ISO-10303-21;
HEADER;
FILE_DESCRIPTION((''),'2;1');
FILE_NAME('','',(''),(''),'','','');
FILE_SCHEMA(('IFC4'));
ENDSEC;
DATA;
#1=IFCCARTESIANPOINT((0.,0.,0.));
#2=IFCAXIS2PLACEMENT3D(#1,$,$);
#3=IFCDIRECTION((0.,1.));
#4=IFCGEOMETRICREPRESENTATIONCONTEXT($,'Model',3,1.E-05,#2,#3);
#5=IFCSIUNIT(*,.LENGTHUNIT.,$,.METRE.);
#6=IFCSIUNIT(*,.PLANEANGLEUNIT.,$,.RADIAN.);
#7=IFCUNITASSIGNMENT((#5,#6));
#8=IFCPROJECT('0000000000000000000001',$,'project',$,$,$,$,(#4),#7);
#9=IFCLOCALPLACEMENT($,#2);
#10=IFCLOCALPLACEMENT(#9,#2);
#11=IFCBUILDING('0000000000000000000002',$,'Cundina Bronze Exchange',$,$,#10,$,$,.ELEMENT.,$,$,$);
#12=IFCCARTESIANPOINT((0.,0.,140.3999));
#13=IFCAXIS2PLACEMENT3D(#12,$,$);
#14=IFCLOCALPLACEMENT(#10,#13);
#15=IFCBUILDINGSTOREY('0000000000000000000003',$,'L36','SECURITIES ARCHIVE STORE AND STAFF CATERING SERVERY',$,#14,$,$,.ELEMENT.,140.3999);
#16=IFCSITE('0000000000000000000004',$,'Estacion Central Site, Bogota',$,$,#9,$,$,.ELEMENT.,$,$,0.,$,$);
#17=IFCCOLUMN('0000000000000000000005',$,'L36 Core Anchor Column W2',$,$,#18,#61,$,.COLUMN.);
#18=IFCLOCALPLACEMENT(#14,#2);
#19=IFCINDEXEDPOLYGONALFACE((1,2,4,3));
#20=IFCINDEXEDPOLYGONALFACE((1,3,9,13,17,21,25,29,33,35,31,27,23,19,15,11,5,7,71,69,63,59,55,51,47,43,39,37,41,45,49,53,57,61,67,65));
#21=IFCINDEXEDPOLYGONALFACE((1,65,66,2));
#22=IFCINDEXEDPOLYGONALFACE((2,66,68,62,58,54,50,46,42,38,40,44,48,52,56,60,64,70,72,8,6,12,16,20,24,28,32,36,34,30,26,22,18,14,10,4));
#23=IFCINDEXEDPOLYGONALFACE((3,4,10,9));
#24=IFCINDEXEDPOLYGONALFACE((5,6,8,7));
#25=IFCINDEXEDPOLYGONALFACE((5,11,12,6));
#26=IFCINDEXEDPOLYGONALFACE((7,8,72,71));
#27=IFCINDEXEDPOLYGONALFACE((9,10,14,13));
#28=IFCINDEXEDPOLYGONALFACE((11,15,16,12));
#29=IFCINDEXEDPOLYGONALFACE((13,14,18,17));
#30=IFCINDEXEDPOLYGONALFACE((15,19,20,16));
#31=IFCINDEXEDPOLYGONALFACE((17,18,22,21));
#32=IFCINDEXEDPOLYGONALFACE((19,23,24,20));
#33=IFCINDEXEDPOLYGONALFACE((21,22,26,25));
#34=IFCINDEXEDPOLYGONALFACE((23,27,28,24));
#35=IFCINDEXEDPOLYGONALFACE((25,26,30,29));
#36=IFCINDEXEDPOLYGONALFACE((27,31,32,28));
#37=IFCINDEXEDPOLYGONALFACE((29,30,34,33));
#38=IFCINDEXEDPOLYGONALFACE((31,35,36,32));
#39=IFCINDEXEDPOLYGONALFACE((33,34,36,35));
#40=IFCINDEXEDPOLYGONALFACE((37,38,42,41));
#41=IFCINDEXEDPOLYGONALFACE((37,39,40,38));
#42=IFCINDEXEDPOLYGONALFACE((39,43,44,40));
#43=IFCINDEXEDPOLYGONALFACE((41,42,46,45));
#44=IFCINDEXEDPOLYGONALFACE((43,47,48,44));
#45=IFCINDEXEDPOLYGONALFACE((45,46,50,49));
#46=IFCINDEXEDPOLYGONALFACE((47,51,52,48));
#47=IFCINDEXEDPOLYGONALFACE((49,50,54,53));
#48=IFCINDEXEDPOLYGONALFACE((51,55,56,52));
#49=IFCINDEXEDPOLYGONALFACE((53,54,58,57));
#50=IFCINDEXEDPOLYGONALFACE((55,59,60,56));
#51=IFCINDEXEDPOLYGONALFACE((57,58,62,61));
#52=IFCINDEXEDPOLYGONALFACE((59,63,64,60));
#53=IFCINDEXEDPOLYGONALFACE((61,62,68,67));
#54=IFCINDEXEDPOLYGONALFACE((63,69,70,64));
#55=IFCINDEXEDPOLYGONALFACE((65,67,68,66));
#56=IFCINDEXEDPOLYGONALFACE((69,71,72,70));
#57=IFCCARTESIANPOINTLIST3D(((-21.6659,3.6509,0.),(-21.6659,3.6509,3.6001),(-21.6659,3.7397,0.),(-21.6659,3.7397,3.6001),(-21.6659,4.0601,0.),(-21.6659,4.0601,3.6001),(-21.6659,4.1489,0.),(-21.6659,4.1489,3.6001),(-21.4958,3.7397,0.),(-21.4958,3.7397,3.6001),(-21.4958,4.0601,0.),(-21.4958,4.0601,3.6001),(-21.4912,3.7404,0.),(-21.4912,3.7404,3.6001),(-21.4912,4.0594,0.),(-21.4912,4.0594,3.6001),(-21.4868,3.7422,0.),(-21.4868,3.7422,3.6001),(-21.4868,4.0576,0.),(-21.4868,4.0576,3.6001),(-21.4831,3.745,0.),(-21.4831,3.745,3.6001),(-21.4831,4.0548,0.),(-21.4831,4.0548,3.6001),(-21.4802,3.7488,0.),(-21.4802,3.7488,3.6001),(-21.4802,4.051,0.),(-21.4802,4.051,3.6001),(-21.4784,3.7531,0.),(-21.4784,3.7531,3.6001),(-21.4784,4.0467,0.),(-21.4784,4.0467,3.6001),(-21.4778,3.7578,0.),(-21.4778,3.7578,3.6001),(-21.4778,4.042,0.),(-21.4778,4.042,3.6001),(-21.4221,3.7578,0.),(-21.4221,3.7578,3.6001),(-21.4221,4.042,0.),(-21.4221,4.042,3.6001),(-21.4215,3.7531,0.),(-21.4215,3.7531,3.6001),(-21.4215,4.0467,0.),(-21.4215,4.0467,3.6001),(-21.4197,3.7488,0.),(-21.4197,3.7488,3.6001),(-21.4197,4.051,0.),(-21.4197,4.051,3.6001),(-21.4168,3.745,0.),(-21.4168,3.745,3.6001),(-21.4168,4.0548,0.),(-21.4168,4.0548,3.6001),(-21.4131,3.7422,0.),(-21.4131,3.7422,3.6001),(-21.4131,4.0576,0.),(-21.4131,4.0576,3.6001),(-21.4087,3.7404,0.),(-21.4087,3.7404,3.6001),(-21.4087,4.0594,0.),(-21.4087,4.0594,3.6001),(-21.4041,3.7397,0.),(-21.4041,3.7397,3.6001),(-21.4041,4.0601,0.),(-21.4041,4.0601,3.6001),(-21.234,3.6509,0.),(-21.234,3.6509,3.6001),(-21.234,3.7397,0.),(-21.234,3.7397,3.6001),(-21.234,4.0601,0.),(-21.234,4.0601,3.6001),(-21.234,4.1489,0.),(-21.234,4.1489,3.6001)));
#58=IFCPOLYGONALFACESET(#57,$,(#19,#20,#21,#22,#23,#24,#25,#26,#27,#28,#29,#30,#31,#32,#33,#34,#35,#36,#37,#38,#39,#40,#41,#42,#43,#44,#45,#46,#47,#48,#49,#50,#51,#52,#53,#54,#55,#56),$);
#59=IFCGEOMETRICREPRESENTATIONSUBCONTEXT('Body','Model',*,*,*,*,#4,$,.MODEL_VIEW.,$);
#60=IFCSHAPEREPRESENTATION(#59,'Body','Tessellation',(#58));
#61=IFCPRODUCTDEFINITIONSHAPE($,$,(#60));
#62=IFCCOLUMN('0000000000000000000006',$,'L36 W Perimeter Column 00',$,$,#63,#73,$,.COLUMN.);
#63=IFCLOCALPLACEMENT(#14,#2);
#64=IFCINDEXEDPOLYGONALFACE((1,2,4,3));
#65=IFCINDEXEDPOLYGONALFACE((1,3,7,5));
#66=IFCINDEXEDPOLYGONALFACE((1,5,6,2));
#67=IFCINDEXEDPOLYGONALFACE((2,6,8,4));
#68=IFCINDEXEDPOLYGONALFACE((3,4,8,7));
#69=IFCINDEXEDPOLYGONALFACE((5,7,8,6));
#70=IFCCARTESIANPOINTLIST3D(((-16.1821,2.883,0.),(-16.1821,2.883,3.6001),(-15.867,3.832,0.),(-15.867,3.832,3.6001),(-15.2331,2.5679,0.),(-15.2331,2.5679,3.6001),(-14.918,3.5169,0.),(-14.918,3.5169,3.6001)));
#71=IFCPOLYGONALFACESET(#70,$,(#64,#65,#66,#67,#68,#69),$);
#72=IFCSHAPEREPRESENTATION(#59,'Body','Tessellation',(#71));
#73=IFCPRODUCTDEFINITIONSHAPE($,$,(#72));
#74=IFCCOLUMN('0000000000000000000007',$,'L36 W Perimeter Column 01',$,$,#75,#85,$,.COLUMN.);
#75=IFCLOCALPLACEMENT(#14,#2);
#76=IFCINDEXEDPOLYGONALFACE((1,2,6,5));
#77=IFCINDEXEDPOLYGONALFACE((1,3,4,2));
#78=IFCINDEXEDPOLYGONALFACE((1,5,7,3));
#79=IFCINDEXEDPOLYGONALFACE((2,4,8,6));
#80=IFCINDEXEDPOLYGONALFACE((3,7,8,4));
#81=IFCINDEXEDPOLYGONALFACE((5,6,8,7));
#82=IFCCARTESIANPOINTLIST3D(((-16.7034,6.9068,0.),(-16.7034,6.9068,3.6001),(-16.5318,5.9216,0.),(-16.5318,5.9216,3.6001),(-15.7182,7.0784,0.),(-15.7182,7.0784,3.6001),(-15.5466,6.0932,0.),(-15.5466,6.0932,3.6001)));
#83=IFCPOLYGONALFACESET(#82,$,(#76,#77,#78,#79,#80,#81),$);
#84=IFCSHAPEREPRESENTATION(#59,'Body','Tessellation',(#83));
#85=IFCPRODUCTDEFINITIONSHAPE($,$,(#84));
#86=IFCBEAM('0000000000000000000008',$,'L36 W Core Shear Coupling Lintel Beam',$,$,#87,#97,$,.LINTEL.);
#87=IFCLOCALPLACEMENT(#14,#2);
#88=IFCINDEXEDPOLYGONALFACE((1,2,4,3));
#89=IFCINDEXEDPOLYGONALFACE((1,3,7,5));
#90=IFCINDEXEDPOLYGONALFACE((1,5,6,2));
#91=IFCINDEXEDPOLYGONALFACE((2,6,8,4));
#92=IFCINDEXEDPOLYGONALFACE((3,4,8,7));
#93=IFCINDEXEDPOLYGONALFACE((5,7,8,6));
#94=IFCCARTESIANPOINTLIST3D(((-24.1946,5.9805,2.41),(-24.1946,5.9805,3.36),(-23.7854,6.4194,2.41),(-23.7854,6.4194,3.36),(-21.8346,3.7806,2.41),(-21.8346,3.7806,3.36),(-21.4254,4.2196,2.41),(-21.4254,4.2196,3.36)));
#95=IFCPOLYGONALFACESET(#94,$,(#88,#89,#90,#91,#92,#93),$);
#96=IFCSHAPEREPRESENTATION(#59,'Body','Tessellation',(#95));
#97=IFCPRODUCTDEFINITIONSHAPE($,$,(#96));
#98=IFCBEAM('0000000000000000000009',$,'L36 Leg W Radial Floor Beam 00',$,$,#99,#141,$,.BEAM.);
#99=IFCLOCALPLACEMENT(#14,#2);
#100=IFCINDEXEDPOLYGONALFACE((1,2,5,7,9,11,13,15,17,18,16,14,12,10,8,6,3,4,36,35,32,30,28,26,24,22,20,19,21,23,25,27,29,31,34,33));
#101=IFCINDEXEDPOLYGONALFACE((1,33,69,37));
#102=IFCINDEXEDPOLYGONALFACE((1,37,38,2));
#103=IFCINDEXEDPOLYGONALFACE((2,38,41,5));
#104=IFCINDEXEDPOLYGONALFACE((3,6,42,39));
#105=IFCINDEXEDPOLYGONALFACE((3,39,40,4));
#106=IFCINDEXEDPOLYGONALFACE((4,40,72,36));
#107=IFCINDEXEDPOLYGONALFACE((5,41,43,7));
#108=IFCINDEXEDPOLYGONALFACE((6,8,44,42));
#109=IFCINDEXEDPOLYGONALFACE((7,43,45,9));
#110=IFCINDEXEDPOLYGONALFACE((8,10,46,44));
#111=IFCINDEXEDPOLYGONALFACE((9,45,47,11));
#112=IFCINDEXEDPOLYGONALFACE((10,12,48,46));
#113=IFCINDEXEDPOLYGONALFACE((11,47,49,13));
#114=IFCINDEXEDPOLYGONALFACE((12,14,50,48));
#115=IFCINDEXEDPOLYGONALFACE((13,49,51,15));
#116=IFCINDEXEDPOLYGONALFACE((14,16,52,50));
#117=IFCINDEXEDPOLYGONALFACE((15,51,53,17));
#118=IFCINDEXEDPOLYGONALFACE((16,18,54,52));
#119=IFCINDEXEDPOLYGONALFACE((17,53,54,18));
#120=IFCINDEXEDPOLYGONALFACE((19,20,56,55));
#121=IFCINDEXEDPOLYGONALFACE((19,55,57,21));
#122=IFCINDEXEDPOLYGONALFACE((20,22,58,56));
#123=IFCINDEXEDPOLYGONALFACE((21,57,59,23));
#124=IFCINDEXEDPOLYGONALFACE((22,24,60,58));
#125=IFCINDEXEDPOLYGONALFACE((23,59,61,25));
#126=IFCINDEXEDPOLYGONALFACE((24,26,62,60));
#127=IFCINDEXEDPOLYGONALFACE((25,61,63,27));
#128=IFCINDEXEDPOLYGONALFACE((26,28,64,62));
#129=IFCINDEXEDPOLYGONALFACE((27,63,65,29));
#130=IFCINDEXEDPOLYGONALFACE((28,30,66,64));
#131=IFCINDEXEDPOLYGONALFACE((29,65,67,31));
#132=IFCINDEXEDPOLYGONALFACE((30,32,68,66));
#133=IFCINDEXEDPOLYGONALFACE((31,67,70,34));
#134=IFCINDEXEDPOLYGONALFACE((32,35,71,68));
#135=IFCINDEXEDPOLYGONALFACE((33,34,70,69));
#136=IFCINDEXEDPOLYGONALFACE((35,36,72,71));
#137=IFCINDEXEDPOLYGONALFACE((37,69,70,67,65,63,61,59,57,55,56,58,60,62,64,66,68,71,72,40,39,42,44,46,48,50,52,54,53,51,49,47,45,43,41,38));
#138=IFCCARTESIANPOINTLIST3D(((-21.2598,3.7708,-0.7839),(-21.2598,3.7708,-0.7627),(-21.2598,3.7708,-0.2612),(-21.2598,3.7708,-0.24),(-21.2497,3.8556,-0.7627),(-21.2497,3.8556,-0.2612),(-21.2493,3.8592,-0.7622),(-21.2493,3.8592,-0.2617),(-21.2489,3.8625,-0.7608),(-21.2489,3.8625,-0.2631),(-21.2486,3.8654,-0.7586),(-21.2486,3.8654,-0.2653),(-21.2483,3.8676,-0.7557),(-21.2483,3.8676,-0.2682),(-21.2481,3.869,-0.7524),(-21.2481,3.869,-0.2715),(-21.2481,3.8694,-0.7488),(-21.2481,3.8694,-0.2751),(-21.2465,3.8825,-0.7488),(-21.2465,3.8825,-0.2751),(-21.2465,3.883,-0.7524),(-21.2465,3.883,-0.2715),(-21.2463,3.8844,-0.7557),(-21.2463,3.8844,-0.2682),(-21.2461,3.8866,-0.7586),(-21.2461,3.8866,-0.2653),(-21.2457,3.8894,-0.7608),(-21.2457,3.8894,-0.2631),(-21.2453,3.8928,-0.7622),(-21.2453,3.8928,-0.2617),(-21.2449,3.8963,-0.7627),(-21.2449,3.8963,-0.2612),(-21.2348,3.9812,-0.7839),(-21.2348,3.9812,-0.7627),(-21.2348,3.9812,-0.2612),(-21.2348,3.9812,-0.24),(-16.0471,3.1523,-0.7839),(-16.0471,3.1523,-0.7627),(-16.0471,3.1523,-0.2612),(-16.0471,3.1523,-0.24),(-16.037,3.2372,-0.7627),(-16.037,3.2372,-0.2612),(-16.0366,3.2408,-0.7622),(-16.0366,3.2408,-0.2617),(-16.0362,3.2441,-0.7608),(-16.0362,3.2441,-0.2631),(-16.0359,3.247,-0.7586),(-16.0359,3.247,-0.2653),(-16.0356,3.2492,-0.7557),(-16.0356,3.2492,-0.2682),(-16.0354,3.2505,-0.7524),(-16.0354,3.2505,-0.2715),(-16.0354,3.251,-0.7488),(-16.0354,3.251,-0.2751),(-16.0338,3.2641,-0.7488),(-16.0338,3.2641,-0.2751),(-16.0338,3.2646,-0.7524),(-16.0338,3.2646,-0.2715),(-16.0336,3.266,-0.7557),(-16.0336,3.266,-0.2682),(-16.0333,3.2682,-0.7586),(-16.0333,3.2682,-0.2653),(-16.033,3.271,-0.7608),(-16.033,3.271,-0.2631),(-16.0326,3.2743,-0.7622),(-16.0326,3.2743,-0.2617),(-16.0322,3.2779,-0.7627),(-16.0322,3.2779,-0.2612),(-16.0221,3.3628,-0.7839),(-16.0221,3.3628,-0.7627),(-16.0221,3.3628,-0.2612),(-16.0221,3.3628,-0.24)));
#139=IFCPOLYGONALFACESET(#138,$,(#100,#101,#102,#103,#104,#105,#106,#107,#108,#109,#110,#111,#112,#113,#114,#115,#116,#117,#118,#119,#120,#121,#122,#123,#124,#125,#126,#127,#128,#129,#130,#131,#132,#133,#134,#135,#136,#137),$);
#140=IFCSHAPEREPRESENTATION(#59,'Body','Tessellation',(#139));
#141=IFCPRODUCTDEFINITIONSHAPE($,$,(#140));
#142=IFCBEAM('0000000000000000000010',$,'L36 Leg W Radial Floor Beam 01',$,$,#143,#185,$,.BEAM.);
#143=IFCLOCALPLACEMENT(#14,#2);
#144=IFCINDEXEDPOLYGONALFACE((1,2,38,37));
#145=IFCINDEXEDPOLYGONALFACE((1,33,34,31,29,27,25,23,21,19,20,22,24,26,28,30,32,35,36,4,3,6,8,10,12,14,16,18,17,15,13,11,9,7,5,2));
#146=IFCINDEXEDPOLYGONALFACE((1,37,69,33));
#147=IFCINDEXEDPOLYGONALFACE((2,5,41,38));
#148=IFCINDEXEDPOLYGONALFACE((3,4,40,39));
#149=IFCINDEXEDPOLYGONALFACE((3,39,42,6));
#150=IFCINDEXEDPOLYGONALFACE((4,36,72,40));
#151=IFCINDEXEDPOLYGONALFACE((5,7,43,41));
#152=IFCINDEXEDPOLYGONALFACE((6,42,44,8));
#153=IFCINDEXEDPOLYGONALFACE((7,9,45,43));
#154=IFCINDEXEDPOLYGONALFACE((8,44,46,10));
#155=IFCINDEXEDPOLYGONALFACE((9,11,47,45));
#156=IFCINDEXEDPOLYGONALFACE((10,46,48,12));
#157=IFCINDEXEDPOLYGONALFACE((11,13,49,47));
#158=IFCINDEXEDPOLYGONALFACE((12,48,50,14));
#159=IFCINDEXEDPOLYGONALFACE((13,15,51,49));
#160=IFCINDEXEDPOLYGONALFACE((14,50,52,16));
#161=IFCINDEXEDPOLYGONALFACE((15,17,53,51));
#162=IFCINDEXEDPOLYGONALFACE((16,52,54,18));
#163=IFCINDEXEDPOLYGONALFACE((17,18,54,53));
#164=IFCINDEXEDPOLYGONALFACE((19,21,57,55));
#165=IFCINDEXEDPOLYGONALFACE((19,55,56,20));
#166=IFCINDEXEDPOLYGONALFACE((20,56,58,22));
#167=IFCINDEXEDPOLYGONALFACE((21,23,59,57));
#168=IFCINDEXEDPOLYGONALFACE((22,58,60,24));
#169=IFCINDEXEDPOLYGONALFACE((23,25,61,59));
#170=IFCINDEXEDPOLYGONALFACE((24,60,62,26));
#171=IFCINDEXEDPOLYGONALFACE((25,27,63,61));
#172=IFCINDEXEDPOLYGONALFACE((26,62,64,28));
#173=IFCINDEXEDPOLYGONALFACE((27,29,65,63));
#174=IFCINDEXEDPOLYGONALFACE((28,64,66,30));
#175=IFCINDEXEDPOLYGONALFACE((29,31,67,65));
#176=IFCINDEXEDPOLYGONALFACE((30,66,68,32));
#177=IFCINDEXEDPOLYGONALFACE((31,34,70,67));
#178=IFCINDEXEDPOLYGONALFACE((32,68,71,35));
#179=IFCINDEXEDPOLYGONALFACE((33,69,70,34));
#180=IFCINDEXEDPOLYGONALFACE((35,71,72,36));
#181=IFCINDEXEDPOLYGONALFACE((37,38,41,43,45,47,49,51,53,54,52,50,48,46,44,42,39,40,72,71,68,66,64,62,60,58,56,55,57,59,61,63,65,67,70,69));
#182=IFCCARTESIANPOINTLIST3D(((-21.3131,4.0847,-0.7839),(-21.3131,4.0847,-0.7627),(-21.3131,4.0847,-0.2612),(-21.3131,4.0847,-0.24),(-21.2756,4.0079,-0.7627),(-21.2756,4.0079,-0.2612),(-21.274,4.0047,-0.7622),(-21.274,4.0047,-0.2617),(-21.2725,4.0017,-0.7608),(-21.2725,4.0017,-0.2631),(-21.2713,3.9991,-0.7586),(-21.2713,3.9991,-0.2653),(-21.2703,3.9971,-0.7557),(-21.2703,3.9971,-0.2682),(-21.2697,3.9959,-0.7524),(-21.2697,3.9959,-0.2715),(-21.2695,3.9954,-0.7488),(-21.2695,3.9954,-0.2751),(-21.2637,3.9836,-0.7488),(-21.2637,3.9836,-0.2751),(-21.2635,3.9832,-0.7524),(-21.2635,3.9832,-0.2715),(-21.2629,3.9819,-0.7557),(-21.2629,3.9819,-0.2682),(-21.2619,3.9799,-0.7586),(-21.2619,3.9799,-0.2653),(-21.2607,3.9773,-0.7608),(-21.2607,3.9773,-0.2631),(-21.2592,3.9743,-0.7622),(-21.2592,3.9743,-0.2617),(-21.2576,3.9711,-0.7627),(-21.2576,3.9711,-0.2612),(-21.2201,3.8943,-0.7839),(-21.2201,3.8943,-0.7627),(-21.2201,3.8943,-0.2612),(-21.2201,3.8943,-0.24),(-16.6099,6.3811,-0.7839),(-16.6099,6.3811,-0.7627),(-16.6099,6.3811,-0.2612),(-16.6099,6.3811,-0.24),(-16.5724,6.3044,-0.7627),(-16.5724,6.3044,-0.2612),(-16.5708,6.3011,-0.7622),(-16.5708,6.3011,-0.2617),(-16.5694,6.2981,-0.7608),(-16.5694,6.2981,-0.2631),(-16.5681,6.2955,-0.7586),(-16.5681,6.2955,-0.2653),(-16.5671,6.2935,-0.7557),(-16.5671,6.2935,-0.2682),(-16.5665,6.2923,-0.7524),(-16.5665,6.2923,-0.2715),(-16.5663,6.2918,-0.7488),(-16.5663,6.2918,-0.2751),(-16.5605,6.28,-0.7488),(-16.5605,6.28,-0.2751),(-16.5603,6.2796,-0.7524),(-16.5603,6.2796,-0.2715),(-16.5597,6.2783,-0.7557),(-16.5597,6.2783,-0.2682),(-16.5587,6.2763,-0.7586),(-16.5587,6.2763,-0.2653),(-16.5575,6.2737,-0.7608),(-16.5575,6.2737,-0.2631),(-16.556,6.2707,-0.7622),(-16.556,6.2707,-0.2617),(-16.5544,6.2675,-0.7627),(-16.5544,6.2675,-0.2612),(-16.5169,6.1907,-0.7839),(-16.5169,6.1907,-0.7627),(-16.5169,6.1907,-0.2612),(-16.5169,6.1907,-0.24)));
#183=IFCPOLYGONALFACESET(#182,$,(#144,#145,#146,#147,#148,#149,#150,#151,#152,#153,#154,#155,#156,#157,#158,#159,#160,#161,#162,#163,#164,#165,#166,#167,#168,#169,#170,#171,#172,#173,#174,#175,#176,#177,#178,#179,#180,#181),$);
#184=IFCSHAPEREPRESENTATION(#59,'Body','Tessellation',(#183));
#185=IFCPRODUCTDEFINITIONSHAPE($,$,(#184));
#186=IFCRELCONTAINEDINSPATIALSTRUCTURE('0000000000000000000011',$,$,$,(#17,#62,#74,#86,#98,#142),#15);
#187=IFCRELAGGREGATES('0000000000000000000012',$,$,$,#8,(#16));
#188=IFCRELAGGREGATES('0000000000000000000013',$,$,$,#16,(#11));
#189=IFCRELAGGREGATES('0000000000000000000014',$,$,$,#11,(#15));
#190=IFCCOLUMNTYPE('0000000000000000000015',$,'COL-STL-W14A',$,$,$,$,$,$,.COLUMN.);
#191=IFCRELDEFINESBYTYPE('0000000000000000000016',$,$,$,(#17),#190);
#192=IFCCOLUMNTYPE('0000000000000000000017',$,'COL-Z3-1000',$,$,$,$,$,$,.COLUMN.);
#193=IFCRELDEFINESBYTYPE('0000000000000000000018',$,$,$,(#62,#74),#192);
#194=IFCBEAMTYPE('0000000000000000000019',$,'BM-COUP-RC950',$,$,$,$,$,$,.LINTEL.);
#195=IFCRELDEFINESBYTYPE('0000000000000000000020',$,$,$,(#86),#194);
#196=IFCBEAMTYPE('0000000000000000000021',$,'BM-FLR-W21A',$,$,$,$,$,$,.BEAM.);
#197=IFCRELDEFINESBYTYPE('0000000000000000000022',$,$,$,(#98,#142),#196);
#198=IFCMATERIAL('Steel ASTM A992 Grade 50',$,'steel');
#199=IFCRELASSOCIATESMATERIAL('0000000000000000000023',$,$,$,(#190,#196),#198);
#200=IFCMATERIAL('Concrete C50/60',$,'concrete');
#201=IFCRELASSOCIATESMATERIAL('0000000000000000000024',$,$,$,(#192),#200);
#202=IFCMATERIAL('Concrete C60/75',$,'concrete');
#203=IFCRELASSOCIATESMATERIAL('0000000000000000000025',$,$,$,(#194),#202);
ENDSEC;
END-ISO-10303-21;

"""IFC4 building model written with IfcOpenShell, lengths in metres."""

from ifc_helpers import new_model, si_unit, direction, frame, origin, origin_2d, place, context, subcontext, project, spatial, rectangle, i_section, extrude, material, material_profile, profile_set, type_object, element, save


model = new_model("IFC4")

# Units and contexts
model_context = context("Model", 3, precision=1e-05, world=origin(), true_north=direction((0.0, 1.0)))
body_context = subcontext(model_context, "Body", "Model", "MODEL_VIEW")
ifc_project = project(units=[si_unit("LENGTHUNIT", "METRE"), si_unit("PLANEANGLEUNIT", "RADIAN")], contexts=[model_context])

# Site, building, storey
site_placement = place(None, origin())
site = spatial("IfcSite", under=ifc_project, at=site_placement, Name="Estacion Central Site, Bogota", CompositionType="ELEMENT", RefElevation=0.0)
building_placement = place(site_placement, origin())
building = spatial("IfcBuilding", under=site, at=building_placement, Name="Cundina Bronze Exchange", CompositionType="ELEMENT")
storey_placement = place(building_placement, frame((0.0, 0.0, 140.3999)))
storey = spatial("IfcBuildingStorey", under=building, at=storey_placement, Name="L36", Description="SECURITIES ARCHIVE STORE AND STAFF CATERING SERVERY", CompositionType="ELEMENT", Elevation=140.3999)

# Columns
ifc_material_1 = material(Name="Steel ASTM A992 Grade 50", Category="steel")
ifc_material_profile_1 = material_profile(ifc_material_1, i_section(OverallWidth=0.4319, OverallDepth=0.498, WebThickness=0.0557, FlangeThickness=0.0889, FilletRadius=0.0181, at=origin_2d()), Name="W14X500", Category="steel")
ifc_profile_set_1 = profile_set([ifc_material_profile_1], Name="Steel ASTM A992 Grade 50")
column_type_1 = type_object("IfcColumnType", Name="COL-STL-W14A", PredefinedType="COLUMN", material=ifc_profile_set_1)
column_placement = place(storey_placement, frame((-21.45, 3.8999, 0.0), z_axis=(0.0, 0.0, 1.0), x_axis=(1.0, 0.0, 0.0)))
element("IfcColumn", 1, at=column_placement, inside=storey, type_object=column_type_1, Name="L36 Core Anchor Column W2", PredefinedType="COLUMN", context=body_context, shape_type="SweptSolid", body=[
    extrude(i_section(OverallWidth=0.4319, OverallDepth=0.498, WebThickness=0.0557, FlangeThickness=0.0889, FilletRadius=0.0181, at=origin_2d()), origin(), (0.0, 0.0, 1.0), 3.6001),
])
ifc_material_2 = material(Name="Concrete C50/60", Category="concrete")
ifc_material_profile_2 = material_profile(ifc_material_2, rectangle(XDim=1.0, YDim=1.0, at=origin_2d()), Name="RC1000X1000", Category="concrete")
ifc_profile_set_2 = profile_set([ifc_material_profile_2], Name="Concrete C50/60")
column_type_2 = type_object("IfcColumnType", Name="COL-Z3-1000", PredefinedType="COLUMN", material=ifc_profile_set_2)
for number, where, z_axis, x_axis, name in (
    (2, (-15.55, 3.2, 0.0), (0.0, 0.0, 1.0), (0.315152, 0.949041, 0.0), "L36 W Perimeter Column 00"),
    (3, (-16.125, 6.5, 0.0), (0.0, 0.0, 1.0), (-0.171585, 0.985169, 0.0), "L36 W Perimeter Column 01"),
):
    element("IfcColumn", number, at=place(storey_placement, frame(where, z_axis=z_axis, x_axis=x_axis)), inside=storey, type_object=column_type_2, Name=name, PredefinedType="COLUMN", context=body_context, shape_type="SweptSolid", body=[
        extrude(rectangle(XDim=1.0, YDim=1.0, at=origin_2d()), origin(), (0.0, 0.0, 1.0), 3.6001),
    ])

# Beams
ifc_material_3 = material(Name="Concrete C60/75", Category="concrete")
ifc_material_profile_3 = material_profile(ifc_material_3, rectangle(XDim=0.6001, YDim=0.95, at=origin_2d()), Name="RC600X950", Category="concrete")
ifc_profile_set_3 = profile_set([ifc_material_profile_3], Name="Concrete C60/75")
beam_type_1 = type_object("IfcBeamType", Name="BM-COUP-RC950", PredefinedType="LINTEL", material=ifc_profile_set_3)
beam_1_placement = place(storey_placement, frame((-23.99, 6.2, 2.885), z_axis=(0.73149, -0.681852, 0.0), x_axis=(0.681852, 0.73149, 0.0)))
element("IfcBeam", 4, at=beam_1_placement, inside=storey, type_object=beam_type_1, Name="L36 W Core Shear Coupling Lintel Beam", PredefinedType="LINTEL", context=body_context, shape_type="SweptSolid", body=[
    extrude(rectangle(XDim=0.6001, YDim=0.95, at=origin_2d()), origin(), (0.0, 0.0, 1.0), 3.2263),
])
ifc_material_profile_4 = material_profile(ifc_material_1, i_section(OverallWidth=0.2119, OverallDepth=0.5439, WebThickness=0.0132, FlangeThickness=0.0212, FilletRadius=0.0139, at=origin_2d()), Name="W21X83", Category="steel")
ifc_profile_set_4 = profile_set([ifc_material_profile_4], Name="Steel ASTM A992 Grade 50")
beam_type_2 = type_object("IfcBeamType", Name="BM-FLR-W21A", PredefinedType="BEAM", material=ifc_profile_set_4)
beam_2_placement = place(storey_placement, frame((-21.2473, 3.876, -0.512), z_axis=(0.993036, -0.11781, 0.0), x_axis=(0.11781, 0.993036, 0.0)))
element("IfcBeam", 5, at=beam_2_placement, inside=storey, type_object=beam_type_2, Name="L36 Leg W Radial Floor Beam 00", PredefinedType="BEAM", context=body_context, shape_type="SweptSolid", body=[
    extrude(i_section(OverallWidth=0.2119, OverallDepth=0.5439, WebThickness=0.0132, FlangeThickness=0.0212, FilletRadius=0.0139, at=origin_2d()), origin(), (0.0, 0.0, 1.0), 5.2493),
])
beam_3_placement = place(storey_placement, frame((-21.2666, 3.9895, -0.512), z_axis=(0.898604, 0.43876, 0.0), x_axis=(-0.43876, 0.898604, 0.0)))
element("IfcBeam", 6, at=beam_3_placement, inside=storey, type_object=beam_type_2, Name="L36 Leg W Radial Floor Beam 01", PredefinedType="BEAM", context=body_context, shape_type="SweptSolid", body=[
    extrude(i_section(OverallWidth=0.2119, OverallDepth=0.5439, WebThickness=0.0132, FlangeThickness=0.0212, FilletRadius=0.0139, at=origin_2d()), origin(), (0.0, 0.0, 1.0), 5.2339),
])

save(model, "model.ifc")
